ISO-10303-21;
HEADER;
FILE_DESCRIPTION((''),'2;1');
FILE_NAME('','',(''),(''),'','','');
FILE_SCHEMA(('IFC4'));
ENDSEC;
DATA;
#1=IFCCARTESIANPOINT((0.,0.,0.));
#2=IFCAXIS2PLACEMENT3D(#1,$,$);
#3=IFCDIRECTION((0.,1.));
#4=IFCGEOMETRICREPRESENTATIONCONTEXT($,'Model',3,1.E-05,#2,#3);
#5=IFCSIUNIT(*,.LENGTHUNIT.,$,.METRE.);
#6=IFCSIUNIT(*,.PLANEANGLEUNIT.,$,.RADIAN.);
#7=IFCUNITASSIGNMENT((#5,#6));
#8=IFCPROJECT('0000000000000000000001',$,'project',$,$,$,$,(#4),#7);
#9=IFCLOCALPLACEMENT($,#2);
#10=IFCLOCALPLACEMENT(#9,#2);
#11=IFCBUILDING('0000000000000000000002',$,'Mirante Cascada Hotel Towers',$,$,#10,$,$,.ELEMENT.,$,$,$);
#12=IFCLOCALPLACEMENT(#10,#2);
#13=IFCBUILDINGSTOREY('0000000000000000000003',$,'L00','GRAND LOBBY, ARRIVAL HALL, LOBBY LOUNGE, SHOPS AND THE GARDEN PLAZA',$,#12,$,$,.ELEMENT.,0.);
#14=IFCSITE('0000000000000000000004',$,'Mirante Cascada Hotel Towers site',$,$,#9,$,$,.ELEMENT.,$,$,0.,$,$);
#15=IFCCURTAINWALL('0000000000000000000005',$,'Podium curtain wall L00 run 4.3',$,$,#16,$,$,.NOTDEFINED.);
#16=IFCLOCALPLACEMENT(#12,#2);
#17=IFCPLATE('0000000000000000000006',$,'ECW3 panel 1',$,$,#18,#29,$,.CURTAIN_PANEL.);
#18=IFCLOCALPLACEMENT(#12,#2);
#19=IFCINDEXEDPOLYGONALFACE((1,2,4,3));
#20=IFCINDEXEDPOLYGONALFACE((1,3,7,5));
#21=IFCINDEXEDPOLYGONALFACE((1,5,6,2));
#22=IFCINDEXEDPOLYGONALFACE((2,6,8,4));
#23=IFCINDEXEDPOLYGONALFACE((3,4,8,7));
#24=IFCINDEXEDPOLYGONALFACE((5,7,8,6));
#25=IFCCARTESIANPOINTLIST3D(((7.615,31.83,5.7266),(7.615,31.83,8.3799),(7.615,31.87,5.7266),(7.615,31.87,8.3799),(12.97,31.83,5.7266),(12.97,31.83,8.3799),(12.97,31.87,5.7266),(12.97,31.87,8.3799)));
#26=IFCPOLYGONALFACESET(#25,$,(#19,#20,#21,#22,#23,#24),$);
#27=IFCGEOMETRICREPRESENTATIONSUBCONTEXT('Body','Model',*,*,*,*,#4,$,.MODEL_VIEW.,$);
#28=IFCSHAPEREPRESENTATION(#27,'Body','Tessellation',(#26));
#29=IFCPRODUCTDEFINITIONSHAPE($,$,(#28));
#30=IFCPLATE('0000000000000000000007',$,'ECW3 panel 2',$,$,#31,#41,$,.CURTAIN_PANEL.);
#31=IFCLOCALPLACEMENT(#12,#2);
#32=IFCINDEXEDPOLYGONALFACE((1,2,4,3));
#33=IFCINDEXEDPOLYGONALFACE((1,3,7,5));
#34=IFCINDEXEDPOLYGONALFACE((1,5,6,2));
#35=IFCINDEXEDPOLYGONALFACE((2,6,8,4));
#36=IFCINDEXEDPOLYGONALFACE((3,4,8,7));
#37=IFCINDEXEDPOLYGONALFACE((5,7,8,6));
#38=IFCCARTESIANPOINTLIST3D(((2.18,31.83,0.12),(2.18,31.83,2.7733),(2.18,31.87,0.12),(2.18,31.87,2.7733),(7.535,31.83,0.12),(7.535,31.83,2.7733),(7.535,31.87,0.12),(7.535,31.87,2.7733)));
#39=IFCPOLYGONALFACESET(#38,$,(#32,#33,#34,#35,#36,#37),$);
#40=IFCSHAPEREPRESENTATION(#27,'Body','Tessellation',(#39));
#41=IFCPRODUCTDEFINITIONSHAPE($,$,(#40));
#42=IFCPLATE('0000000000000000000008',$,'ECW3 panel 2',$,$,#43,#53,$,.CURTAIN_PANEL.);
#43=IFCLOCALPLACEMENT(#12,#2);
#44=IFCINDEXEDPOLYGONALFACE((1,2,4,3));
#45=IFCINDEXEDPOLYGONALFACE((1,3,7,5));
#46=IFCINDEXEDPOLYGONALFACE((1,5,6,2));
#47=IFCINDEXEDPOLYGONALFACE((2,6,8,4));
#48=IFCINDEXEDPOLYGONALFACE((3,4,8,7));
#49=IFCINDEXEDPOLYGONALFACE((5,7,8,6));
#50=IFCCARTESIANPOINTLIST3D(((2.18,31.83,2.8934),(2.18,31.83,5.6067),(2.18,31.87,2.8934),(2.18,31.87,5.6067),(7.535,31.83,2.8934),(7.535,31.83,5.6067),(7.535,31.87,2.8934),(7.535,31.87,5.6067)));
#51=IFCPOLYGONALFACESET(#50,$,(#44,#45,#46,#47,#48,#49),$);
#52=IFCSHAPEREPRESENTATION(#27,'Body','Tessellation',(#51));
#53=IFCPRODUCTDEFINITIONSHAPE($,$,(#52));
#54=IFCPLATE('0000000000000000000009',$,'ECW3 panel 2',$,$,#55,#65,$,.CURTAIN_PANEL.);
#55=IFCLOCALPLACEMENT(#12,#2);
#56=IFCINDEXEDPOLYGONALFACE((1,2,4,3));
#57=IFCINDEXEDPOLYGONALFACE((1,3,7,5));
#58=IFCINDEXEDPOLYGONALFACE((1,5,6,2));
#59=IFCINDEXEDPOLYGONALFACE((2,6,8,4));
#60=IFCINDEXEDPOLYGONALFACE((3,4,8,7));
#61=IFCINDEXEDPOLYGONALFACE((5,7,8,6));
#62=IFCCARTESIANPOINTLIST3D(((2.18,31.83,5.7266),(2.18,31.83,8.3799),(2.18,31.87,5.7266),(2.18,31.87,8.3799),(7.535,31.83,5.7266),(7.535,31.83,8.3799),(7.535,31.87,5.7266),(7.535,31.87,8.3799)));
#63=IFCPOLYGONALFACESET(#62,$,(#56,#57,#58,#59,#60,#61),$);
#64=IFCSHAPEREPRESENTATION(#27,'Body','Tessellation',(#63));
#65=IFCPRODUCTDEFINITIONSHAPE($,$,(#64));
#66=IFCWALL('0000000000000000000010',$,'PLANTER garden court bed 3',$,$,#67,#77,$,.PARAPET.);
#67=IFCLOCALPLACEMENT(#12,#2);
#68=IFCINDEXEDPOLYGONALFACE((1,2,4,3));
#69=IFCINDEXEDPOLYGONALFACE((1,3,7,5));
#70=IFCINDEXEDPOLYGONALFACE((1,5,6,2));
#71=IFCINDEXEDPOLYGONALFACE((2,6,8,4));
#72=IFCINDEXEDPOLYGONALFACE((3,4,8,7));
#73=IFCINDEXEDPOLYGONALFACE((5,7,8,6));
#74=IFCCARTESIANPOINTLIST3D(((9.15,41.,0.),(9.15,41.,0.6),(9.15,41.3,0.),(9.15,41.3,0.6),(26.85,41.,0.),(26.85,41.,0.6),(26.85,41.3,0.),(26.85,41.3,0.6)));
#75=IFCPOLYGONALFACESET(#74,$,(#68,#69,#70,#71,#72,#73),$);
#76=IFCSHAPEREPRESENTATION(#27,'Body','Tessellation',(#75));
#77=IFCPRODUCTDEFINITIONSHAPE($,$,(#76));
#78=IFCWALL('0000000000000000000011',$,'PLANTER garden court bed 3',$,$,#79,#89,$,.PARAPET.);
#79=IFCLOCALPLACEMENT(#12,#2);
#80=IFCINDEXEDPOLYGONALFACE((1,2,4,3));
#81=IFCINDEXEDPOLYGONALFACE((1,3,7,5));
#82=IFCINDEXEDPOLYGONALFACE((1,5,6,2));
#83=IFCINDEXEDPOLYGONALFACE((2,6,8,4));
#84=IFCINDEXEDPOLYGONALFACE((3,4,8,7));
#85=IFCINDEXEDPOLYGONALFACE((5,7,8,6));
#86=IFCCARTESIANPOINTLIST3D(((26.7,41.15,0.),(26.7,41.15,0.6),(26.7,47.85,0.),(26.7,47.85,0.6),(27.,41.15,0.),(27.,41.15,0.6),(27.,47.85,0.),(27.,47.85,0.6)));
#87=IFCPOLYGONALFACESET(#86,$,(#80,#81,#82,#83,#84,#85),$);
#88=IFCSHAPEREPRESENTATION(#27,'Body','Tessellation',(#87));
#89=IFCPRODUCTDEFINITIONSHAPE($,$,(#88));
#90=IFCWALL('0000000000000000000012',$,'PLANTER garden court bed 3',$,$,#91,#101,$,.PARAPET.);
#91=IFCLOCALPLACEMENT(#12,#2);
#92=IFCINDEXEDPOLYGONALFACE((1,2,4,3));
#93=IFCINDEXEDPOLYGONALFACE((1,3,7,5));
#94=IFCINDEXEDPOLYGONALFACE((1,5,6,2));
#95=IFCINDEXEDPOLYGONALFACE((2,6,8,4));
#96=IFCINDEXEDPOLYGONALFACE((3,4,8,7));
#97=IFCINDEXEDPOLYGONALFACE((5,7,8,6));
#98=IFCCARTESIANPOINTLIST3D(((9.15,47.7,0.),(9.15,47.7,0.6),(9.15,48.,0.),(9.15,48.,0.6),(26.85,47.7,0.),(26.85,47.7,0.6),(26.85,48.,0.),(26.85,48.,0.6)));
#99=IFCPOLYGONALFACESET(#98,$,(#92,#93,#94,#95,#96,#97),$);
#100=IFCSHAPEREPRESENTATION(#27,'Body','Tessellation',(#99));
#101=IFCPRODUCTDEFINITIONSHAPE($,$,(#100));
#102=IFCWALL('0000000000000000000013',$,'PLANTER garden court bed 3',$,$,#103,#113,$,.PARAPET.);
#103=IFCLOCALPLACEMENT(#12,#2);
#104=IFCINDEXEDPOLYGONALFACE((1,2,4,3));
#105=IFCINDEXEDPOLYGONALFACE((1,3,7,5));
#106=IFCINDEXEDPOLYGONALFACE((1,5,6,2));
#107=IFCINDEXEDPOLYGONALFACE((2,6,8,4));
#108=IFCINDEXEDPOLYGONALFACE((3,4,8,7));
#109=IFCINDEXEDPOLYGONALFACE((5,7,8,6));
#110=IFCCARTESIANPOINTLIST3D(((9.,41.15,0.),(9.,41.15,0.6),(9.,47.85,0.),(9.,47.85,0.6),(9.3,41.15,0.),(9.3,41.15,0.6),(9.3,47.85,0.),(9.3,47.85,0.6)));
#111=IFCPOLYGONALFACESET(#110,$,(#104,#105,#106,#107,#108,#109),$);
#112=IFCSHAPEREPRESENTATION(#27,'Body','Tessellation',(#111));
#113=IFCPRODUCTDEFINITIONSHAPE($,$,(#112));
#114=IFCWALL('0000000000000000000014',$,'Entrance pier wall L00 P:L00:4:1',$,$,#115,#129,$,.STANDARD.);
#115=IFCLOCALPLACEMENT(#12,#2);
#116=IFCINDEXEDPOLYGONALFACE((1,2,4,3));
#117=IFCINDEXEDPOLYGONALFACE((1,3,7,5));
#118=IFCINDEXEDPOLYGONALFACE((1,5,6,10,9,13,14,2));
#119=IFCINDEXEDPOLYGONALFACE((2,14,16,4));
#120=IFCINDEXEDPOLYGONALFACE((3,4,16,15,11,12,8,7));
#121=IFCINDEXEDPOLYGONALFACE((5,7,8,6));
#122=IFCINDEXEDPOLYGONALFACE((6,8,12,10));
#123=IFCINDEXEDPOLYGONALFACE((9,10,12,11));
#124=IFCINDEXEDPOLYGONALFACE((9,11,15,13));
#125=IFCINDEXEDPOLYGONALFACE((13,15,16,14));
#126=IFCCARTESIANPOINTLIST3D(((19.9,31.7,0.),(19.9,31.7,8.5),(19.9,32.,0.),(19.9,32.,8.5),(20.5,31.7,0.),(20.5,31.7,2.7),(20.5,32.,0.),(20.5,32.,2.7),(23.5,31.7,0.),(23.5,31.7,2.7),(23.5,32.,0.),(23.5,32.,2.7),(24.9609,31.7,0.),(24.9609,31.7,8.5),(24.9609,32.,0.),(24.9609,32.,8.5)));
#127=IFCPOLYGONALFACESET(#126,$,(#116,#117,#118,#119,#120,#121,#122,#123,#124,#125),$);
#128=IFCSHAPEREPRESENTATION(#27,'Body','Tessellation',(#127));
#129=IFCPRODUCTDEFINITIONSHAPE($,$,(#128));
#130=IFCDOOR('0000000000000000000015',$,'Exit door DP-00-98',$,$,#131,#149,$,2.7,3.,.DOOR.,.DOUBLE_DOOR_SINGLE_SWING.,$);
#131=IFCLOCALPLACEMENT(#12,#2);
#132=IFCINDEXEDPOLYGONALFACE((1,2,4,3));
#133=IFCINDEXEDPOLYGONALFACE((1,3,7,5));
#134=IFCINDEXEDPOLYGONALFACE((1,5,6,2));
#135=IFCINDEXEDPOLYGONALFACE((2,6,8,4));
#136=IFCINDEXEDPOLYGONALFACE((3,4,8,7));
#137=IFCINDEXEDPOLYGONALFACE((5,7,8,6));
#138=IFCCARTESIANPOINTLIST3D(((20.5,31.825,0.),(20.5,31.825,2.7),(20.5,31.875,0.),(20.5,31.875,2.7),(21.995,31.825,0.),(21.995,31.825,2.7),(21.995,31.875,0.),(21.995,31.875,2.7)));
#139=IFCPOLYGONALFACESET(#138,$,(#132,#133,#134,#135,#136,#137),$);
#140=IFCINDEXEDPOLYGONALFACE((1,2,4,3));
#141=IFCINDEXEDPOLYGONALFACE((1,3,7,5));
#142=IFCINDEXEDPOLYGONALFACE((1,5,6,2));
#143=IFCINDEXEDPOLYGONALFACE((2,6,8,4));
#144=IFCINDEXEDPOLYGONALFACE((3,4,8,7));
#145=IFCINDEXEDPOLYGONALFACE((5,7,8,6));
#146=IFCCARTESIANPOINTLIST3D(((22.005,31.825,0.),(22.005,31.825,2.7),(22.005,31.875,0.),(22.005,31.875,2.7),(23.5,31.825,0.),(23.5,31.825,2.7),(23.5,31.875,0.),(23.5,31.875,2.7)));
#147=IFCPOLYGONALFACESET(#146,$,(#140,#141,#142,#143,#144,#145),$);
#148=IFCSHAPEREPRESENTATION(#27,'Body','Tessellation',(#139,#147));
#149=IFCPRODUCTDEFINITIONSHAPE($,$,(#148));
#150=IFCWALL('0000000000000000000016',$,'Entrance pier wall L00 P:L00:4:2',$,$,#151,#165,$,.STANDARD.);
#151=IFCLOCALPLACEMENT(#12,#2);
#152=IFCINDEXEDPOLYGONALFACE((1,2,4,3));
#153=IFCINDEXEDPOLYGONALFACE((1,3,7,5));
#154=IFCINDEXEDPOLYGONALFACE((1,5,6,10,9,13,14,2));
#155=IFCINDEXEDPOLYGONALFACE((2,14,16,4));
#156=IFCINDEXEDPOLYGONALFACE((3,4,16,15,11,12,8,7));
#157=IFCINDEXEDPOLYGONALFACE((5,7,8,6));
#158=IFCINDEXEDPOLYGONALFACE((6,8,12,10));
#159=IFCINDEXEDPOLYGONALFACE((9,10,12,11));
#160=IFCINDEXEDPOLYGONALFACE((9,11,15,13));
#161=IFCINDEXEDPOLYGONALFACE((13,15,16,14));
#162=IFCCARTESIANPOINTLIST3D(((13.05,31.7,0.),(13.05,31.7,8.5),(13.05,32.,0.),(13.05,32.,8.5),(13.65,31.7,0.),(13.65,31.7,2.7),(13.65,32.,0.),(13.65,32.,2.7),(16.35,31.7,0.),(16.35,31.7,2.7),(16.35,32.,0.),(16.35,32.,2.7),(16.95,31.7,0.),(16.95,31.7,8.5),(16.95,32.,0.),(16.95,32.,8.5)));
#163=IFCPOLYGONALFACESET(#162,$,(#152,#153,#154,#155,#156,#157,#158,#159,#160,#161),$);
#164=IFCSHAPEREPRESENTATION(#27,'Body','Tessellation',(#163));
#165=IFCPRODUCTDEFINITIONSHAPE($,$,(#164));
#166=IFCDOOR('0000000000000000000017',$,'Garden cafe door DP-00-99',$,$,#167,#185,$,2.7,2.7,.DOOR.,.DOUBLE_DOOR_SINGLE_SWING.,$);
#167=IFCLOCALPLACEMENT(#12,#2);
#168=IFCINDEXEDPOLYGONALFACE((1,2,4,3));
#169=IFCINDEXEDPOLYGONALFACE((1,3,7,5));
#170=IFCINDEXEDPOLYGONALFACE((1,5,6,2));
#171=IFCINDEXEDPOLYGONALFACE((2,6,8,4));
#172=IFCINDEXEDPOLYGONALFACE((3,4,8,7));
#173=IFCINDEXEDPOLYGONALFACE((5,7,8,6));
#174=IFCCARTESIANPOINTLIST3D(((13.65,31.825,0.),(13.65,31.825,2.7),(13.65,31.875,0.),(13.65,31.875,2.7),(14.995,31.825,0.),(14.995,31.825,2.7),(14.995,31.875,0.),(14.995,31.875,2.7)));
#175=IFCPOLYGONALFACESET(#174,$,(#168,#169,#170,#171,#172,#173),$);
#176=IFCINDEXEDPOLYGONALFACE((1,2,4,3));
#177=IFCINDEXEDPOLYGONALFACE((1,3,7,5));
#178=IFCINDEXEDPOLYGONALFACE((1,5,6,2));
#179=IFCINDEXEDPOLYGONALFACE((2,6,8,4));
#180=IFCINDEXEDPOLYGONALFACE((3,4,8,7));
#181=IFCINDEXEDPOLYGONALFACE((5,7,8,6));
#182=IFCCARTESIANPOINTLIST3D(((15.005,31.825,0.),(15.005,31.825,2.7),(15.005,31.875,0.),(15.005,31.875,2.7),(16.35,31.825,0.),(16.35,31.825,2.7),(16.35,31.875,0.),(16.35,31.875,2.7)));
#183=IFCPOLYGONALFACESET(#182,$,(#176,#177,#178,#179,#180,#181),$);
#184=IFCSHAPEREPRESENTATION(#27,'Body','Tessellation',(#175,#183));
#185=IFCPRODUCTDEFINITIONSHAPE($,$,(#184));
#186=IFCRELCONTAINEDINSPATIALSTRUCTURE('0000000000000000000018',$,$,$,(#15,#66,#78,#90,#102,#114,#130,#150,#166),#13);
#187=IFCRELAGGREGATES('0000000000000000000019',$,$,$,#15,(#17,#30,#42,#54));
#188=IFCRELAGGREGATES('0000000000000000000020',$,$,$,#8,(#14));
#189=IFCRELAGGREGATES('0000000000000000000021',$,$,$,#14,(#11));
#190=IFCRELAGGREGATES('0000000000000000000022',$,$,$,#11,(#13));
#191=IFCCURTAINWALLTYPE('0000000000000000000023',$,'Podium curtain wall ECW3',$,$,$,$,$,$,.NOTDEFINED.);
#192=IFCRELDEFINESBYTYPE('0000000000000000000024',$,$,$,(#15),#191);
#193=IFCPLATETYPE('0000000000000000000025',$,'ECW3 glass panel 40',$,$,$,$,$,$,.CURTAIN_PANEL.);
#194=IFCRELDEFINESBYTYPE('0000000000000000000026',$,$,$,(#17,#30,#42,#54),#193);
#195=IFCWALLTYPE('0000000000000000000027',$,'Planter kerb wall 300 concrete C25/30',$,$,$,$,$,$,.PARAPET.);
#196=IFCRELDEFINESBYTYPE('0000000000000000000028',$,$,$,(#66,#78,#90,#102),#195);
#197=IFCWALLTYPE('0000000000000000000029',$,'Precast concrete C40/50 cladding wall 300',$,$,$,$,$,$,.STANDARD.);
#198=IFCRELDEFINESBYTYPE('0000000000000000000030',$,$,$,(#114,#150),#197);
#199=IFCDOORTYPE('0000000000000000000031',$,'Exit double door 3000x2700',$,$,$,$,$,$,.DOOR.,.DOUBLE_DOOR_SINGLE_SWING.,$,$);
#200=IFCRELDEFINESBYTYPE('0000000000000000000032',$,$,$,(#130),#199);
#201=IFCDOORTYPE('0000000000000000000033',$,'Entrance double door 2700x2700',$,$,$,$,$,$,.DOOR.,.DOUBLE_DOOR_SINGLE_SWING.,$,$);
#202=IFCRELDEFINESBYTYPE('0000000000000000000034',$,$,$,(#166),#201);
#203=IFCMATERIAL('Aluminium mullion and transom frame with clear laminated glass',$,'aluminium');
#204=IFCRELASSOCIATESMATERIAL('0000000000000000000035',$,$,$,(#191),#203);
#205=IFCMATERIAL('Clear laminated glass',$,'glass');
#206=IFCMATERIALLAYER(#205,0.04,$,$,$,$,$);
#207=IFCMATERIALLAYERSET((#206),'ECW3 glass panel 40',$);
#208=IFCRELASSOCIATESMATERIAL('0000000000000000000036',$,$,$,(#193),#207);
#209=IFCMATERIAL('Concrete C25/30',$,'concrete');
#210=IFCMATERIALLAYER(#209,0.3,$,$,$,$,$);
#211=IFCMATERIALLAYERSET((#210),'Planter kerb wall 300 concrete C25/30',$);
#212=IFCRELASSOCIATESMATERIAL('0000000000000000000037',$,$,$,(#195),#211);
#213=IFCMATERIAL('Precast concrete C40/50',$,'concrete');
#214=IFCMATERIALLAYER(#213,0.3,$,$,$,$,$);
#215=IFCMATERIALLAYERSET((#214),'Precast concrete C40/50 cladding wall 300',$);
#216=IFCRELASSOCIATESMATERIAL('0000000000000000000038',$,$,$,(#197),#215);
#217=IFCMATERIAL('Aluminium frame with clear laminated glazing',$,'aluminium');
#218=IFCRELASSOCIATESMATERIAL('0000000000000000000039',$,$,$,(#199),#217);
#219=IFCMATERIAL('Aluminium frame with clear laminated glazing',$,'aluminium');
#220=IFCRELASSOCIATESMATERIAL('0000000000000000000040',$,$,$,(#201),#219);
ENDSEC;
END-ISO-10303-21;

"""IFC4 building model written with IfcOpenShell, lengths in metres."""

from ifc_helpers import new_model, si_unit, direction, frame, frame_2d, origin, origin_2d, place, context, subcontext, project, spatial, rectangle, extrude, material, layer, layer_set, type_object, element, fill, aggregate, save


model = new_model("IFC4")

# Units and contexts
model_context = context("Model", 3, precision=1e-05, world=origin(), true_north=direction((0.0, 1.0)))
body_context = subcontext(model_context, "Body", "Model", "MODEL_VIEW")
ifc_project = project(units=[si_unit("LENGTHUNIT", "METRE"), si_unit("PLANEANGLEUNIT", "RADIAN")], contexts=[model_context])

# Site, building, storey
site_placement = place(None, origin())
site = spatial("IfcSite", under=ifc_project, at=site_placement, Name="Mirante Cascada Hotel Towers site", CompositionType="ELEMENT", RefElevation=0.0)
building_placement = place(site_placement, origin())
building = spatial("IfcBuilding", under=site, at=building_placement, Name="Mirante Cascada Hotel Towers", CompositionType="ELEMENT")
storey_placement = place(building_placement, origin())
storey = spatial("IfcBuildingStorey", under=building, at=storey_placement, Name="L00", Description="GRAND LOBBY, ARRIVAL HALL, LOBBY LOUNGE, SHOPS AND THE GARDEN PLAZA", CompositionType="ELEMENT", Elevation=0.0)

# Curtain wall, plates
ifc_material_1 = material(Name="Aluminium mullion and transom frame with clear laminated glass", Category="aluminium")
curtain_wall_type = type_object("IfcCurtainWallType", Name="Podium curtain wall ECW3", PredefinedType="NOTDEFINED", material=ifc_material_1)
curtain_wall_placement = place(storey_placement, origin())
curtain_wall = element("IfcCurtainWall", 1, at=curtain_wall_placement, inside=storey, type_object=curtain_wall_type, Name="Podium curtain wall L00 run 4.3", PredefinedType="NOTDEFINED")
ifc_material_2 = material(Name="Clear laminated glass", Category="glass")
ifc_layer_1 = layer(ifc_material_2, 0.04)
ifc_layer_set_1 = layer_set([ifc_layer_1], Name="ECW3 glass panel 40")
plate_type = type_object("IfcPlateType", Name="ECW3 glass panel 40", PredefinedType="CURTAIN_PANEL", material=ifc_layer_set_1)
plate_1_placement = place(storey_placement, frame((10.2925, 31.85, 5.7266), z_axis=(0.0, 0.0, 1.0), x_axis=(-1.0, 0.0, 0.0)))
plate_1 = element("IfcPlate", 2, at=plate_1_placement, type_object=plate_type, Name="ECW3 panel 1", PredefinedType="CURTAIN_PANEL", context=body_context, shape_type="SweptSolid", body=[
    extrude(rectangle(XDim=5.355, YDim=0.04, at=origin_2d()), origin(), (0.0, 0.0, 1.0), 2.6533),
])
plate_2_placement = place(storey_placement, frame((4.8575, 31.85, 0.12), z_axis=(0.0, 0.0, 1.0), x_axis=(-1.0, 0.0, 0.0)))
plate_2 = element("IfcPlate", 3, at=plate_2_placement, type_object=plate_type, Name="ECW3 panel 2", PredefinedType="CURTAIN_PANEL", context=body_context, shape_type="SweptSolid", body=[
    extrude(rectangle(XDim=5.355, YDim=0.04, at=origin_2d()), origin(), (0.0, 0.0, 1.0), 2.6533),
])
plate_3_placement = place(storey_placement, frame((4.8575, 31.85, 2.8934), z_axis=(0.0, 0.0, 1.0), x_axis=(-1.0, 0.0, 0.0)))
plate_3 = element("IfcPlate", 4, at=plate_3_placement, type_object=plate_type, Name="ECW3 panel 2", PredefinedType="CURTAIN_PANEL", context=body_context, shape_type="SweptSolid", body=[
    extrude(rectangle(XDim=5.355, YDim=0.04, at=origin_2d()), origin(), (0.0, 0.0, 1.0), 2.7133),
])
plate_4_placement = place(storey_placement, frame((4.8575, 31.85, 5.7266), z_axis=(0.0, 0.0, 1.0), x_axis=(-1.0, 0.0, 0.0)))
plate_4 = element("IfcPlate", 5, at=plate_4_placement, type_object=plate_type, Name="ECW3 panel 2", PredefinedType="CURTAIN_PANEL", context=body_context, shape_type="SweptSolid", body=[
    extrude(rectangle(XDim=5.355, YDim=0.04, at=origin_2d()), origin(), (0.0, 0.0, 1.0), 2.6533),
])
aggregate(curtain_wall, [plate_1, plate_2, plate_3, plate_4])

# Walls
ifc_material_3 = material(Name="Concrete C25/30", Category="concrete")
ifc_layer_2 = layer(ifc_material_3, 0.3)
ifc_layer_set_2 = layer_set([ifc_layer_2], Name="Planter kerb wall 300 concrete C25/30")
wall_type_1 = type_object("IfcWallType", Name="Planter kerb wall 300 concrete C25/30", PredefinedType="PARAPET", material=ifc_layer_set_2)
wall_1_placement = place(storey_placement, frame((9.15, 41.15, 0.0), z_axis=(0.0, 0.0, 1.0), x_axis=(1.0, 0.0, 0.0)))
element("IfcWall", 6, at=wall_1_placement, inside=storey, type_object=wall_type_1, Name="PLANTER garden court bed 3", PredefinedType="PARAPET", context=body_context, shape_type="SweptSolid", body=[
    extrude(rectangle(XDim=17.7, YDim=0.3, at=frame_2d((8.85, 0.0))), origin(), (0.0, 0.0, 1.0), 0.6),
])
wall_2_placement = place(storey_placement, frame((26.85, 41.15, 0.0), z_axis=(0.0, 0.0, 1.0), x_axis=(0.0, 1.0, 0.0)))
element("IfcWall", 7, at=wall_2_placement, inside=storey, type_object=wall_type_1, Name="PLANTER garden court bed 3", PredefinedType="PARAPET", context=body_context, shape_type="SweptSolid", body=[
    extrude(rectangle(XDim=6.7, YDim=0.3, at=frame_2d((3.35, 0.0))), origin(), (0.0, 0.0, 1.0), 0.6),
])
wall_3_placement = place(storey_placement, frame((26.85, 47.85, 0.0), z_axis=(0.0, 0.0, 1.0), x_axis=(-1.0, 0.0, 0.0)))
element("IfcWall", 8, at=wall_3_placement, inside=storey, type_object=wall_type_1, Name="PLANTER garden court bed 3", PredefinedType="PARAPET", context=body_context, shape_type="SweptSolid", body=[
    extrude(rectangle(XDim=17.7, YDim=0.3, at=frame_2d((8.85, 0.0))), origin(), (0.0, 0.0, 1.0), 0.6),
])
wall_4_placement = place(storey_placement, frame((9.15, 47.85, 0.0), z_axis=(0.0, 0.0, 1.0), x_axis=(0.0, -1.0, 0.0)))
element("IfcWall", 9, at=wall_4_placement, inside=storey, type_object=wall_type_1, Name="PLANTER garden court bed 3", PredefinedType="PARAPET", context=body_context, shape_type="SweptSolid", body=[
    extrude(rectangle(XDim=6.7, YDim=0.3, at=frame_2d((3.35, 0.0))), origin(), (0.0, 0.0, 1.0), 0.6),
])

# Walls, openings, doors
ifc_material_4 = material(Name="Precast concrete C40/50", Category="concrete")
ifc_layer_3 = layer(ifc_material_4, 0.3)
ifc_layer_set_3 = layer_set([ifc_layer_3], Name="Precast concrete C40/50 cladding wall 300")
wall_type_2 = type_object("IfcWallType", Name="Precast concrete C40/50 cladding wall 300", PredefinedType="STANDARD", material=ifc_layer_set_3)
wall_5_placement = place(storey_placement, frame((24.9609, 31.85, 0.0), z_axis=(0.0, 0.0, 1.0), x_axis=(-1.0, 0.0, 0.0)))
wall_5 = element("IfcWall", 10, at=wall_5_placement, inside=storey, type_object=wall_type_2, Name="Entrance pier wall L00 P:L00:4:1", PredefinedType="STANDARD", context=body_context, shape_type="SweptSolid", body=[
    extrude(rectangle(XDim=5.0609, YDim=0.3, at=frame_2d((2.5304, 0.0))), origin(), (0.0, 0.0, 1.0), 8.5),
])
opening_1_placement = place(wall_5_placement, frame((1.4609, 0.0, 0.0)))
opening_1 = element("IfcOpeningElement", 11, at=opening_1_placement, cuts=wall_5, PredefinedType="OPENING", context=body_context, shape_type="SweptSolid", body=[
    extrude(rectangle(XDim=3.0, YDim=2.7, at=frame_2d((1.5, 1.35))), frame((0.0, 0.15, 0.0), z_axis=(0.0, -1.0, 0.0), x_axis=(1.0, 0.0, 0.0)), (0.0, 0.0, 1.0), 0.3),
])
ifc_material_5 = material(Name="Aluminium frame with clear laminated glazing", Category="aluminium")
door_type_1 = type_object("IfcDoorType", Name="Exit double door 3000x2700", OperationType="DOUBLE_DOOR_SINGLE_SWING", PredefinedType="DOOR", material=ifc_material_5)
door_1_placement = place(opening_1_placement, frame((3.0, 0.0, 0.0), z_axis=(0.0, 0.0, 1.0), x_axis=(-1.0, 0.0, 0.0)))
door_1 = element("IfcDoor", 12, at=door_1_placement, inside=storey, type_object=door_type_1, Name="Exit door DP-00-98", OperationType="DOUBLE_DOOR_SINGLE_SWING", OverallHeight=2.7, OverallWidth=3.0, PredefinedType="DOOR", context=body_context, shape_type="SweptSolid", body=[
    extrude(rectangle(XDim=1.495, YDim=2.7, at=frame_2d((0.7475, 1.35))), frame((0.0, 0.025, 0.0), z_axis=(0.0, -1.0, 0.0), x_axis=(1.0, 0.0, 0.0)), (0.0, 0.0, 1.0), 0.05),
    extrude(rectangle(XDim=1.495, YDim=2.7, at=frame_2d((2.2525, 1.35))), frame((0.0, 0.025, 0.0), z_axis=(0.0, -1.0, 0.0), x_axis=(1.0, 0.0, 0.0)), (0.0, 0.0, 1.0), 0.05),
])
fill(opening_1, door_1)
wall_6_placement = place(storey_placement, frame((16.95, 31.85, 0.0), z_axis=(0.0, 0.0, 1.0), x_axis=(-1.0, 0.0, 0.0)))
wall_6 = element("IfcWall", 13, at=wall_6_placement, inside=storey, type_object=wall_type_2, Name="Entrance pier wall L00 P:L00:4:2", PredefinedType="STANDARD", context=body_context, shape_type="SweptSolid", body=[
    extrude(rectangle(XDim=3.9, YDim=0.3, at=frame_2d((1.95, 0.0))), origin(), (0.0, 0.0, 1.0), 8.5),
])
opening_2_placement = place(wall_6_placement, frame((0.6, 0.0, 0.0)))
opening_2 = element("IfcOpeningElement", 14, at=opening_2_placement, cuts=wall_6, PredefinedType="OPENING", context=body_context, shape_type="SweptSolid", body=[
    extrude(rectangle(XDim=2.7, YDim=2.7, at=frame_2d((1.35, 1.35))), frame((0.0, 0.15, 0.0), z_axis=(0.0, -1.0, 0.0), x_axis=(1.0, 0.0, 0.0)), (0.0, 0.0, 1.0), 0.3),
])
ifc_material_6 = material(Name="Aluminium frame with clear laminated glazing", Category="aluminium")
door_type_2 = type_object("IfcDoorType", Name="Entrance double door 2700x2700", OperationType="DOUBLE_DOOR_SINGLE_SWING", PredefinedType="DOOR", material=ifc_material_6)
door_2_placement = place(opening_2_placement, frame((2.7, 0.0, 0.0), z_axis=(0.0, 0.0, 1.0), x_axis=(-1.0, 0.0, 0.0)))
door_2 = element("IfcDoor", 15, at=door_2_placement, inside=storey, type_object=door_type_2, Name="Garden cafe door DP-00-99", OperationType="DOUBLE_DOOR_SINGLE_SWING", OverallHeight=2.7, OverallWidth=2.7, PredefinedType="DOOR", context=body_context, shape_type="SweptSolid", body=[
    extrude(rectangle(XDim=1.345, YDim=2.7, at=frame_2d((0.6725, 1.35))), frame((0.0, 0.025, 0.0), z_axis=(0.0, -1.0, 0.0), x_axis=(1.0, 0.0, 0.0)), (0.0, 0.0, 1.0), 0.05),
    extrude(rectangle(XDim=1.345, YDim=2.7, at=frame_2d((2.0275, 1.35))), frame((0.0, 0.025, 0.0), z_axis=(0.0, -1.0, 0.0), x_axis=(1.0, 0.0, 0.0)), (0.0, 0.0, 1.0), 0.05),
])
fill(opening_2, door_2)

save(model, "model.ifc")
